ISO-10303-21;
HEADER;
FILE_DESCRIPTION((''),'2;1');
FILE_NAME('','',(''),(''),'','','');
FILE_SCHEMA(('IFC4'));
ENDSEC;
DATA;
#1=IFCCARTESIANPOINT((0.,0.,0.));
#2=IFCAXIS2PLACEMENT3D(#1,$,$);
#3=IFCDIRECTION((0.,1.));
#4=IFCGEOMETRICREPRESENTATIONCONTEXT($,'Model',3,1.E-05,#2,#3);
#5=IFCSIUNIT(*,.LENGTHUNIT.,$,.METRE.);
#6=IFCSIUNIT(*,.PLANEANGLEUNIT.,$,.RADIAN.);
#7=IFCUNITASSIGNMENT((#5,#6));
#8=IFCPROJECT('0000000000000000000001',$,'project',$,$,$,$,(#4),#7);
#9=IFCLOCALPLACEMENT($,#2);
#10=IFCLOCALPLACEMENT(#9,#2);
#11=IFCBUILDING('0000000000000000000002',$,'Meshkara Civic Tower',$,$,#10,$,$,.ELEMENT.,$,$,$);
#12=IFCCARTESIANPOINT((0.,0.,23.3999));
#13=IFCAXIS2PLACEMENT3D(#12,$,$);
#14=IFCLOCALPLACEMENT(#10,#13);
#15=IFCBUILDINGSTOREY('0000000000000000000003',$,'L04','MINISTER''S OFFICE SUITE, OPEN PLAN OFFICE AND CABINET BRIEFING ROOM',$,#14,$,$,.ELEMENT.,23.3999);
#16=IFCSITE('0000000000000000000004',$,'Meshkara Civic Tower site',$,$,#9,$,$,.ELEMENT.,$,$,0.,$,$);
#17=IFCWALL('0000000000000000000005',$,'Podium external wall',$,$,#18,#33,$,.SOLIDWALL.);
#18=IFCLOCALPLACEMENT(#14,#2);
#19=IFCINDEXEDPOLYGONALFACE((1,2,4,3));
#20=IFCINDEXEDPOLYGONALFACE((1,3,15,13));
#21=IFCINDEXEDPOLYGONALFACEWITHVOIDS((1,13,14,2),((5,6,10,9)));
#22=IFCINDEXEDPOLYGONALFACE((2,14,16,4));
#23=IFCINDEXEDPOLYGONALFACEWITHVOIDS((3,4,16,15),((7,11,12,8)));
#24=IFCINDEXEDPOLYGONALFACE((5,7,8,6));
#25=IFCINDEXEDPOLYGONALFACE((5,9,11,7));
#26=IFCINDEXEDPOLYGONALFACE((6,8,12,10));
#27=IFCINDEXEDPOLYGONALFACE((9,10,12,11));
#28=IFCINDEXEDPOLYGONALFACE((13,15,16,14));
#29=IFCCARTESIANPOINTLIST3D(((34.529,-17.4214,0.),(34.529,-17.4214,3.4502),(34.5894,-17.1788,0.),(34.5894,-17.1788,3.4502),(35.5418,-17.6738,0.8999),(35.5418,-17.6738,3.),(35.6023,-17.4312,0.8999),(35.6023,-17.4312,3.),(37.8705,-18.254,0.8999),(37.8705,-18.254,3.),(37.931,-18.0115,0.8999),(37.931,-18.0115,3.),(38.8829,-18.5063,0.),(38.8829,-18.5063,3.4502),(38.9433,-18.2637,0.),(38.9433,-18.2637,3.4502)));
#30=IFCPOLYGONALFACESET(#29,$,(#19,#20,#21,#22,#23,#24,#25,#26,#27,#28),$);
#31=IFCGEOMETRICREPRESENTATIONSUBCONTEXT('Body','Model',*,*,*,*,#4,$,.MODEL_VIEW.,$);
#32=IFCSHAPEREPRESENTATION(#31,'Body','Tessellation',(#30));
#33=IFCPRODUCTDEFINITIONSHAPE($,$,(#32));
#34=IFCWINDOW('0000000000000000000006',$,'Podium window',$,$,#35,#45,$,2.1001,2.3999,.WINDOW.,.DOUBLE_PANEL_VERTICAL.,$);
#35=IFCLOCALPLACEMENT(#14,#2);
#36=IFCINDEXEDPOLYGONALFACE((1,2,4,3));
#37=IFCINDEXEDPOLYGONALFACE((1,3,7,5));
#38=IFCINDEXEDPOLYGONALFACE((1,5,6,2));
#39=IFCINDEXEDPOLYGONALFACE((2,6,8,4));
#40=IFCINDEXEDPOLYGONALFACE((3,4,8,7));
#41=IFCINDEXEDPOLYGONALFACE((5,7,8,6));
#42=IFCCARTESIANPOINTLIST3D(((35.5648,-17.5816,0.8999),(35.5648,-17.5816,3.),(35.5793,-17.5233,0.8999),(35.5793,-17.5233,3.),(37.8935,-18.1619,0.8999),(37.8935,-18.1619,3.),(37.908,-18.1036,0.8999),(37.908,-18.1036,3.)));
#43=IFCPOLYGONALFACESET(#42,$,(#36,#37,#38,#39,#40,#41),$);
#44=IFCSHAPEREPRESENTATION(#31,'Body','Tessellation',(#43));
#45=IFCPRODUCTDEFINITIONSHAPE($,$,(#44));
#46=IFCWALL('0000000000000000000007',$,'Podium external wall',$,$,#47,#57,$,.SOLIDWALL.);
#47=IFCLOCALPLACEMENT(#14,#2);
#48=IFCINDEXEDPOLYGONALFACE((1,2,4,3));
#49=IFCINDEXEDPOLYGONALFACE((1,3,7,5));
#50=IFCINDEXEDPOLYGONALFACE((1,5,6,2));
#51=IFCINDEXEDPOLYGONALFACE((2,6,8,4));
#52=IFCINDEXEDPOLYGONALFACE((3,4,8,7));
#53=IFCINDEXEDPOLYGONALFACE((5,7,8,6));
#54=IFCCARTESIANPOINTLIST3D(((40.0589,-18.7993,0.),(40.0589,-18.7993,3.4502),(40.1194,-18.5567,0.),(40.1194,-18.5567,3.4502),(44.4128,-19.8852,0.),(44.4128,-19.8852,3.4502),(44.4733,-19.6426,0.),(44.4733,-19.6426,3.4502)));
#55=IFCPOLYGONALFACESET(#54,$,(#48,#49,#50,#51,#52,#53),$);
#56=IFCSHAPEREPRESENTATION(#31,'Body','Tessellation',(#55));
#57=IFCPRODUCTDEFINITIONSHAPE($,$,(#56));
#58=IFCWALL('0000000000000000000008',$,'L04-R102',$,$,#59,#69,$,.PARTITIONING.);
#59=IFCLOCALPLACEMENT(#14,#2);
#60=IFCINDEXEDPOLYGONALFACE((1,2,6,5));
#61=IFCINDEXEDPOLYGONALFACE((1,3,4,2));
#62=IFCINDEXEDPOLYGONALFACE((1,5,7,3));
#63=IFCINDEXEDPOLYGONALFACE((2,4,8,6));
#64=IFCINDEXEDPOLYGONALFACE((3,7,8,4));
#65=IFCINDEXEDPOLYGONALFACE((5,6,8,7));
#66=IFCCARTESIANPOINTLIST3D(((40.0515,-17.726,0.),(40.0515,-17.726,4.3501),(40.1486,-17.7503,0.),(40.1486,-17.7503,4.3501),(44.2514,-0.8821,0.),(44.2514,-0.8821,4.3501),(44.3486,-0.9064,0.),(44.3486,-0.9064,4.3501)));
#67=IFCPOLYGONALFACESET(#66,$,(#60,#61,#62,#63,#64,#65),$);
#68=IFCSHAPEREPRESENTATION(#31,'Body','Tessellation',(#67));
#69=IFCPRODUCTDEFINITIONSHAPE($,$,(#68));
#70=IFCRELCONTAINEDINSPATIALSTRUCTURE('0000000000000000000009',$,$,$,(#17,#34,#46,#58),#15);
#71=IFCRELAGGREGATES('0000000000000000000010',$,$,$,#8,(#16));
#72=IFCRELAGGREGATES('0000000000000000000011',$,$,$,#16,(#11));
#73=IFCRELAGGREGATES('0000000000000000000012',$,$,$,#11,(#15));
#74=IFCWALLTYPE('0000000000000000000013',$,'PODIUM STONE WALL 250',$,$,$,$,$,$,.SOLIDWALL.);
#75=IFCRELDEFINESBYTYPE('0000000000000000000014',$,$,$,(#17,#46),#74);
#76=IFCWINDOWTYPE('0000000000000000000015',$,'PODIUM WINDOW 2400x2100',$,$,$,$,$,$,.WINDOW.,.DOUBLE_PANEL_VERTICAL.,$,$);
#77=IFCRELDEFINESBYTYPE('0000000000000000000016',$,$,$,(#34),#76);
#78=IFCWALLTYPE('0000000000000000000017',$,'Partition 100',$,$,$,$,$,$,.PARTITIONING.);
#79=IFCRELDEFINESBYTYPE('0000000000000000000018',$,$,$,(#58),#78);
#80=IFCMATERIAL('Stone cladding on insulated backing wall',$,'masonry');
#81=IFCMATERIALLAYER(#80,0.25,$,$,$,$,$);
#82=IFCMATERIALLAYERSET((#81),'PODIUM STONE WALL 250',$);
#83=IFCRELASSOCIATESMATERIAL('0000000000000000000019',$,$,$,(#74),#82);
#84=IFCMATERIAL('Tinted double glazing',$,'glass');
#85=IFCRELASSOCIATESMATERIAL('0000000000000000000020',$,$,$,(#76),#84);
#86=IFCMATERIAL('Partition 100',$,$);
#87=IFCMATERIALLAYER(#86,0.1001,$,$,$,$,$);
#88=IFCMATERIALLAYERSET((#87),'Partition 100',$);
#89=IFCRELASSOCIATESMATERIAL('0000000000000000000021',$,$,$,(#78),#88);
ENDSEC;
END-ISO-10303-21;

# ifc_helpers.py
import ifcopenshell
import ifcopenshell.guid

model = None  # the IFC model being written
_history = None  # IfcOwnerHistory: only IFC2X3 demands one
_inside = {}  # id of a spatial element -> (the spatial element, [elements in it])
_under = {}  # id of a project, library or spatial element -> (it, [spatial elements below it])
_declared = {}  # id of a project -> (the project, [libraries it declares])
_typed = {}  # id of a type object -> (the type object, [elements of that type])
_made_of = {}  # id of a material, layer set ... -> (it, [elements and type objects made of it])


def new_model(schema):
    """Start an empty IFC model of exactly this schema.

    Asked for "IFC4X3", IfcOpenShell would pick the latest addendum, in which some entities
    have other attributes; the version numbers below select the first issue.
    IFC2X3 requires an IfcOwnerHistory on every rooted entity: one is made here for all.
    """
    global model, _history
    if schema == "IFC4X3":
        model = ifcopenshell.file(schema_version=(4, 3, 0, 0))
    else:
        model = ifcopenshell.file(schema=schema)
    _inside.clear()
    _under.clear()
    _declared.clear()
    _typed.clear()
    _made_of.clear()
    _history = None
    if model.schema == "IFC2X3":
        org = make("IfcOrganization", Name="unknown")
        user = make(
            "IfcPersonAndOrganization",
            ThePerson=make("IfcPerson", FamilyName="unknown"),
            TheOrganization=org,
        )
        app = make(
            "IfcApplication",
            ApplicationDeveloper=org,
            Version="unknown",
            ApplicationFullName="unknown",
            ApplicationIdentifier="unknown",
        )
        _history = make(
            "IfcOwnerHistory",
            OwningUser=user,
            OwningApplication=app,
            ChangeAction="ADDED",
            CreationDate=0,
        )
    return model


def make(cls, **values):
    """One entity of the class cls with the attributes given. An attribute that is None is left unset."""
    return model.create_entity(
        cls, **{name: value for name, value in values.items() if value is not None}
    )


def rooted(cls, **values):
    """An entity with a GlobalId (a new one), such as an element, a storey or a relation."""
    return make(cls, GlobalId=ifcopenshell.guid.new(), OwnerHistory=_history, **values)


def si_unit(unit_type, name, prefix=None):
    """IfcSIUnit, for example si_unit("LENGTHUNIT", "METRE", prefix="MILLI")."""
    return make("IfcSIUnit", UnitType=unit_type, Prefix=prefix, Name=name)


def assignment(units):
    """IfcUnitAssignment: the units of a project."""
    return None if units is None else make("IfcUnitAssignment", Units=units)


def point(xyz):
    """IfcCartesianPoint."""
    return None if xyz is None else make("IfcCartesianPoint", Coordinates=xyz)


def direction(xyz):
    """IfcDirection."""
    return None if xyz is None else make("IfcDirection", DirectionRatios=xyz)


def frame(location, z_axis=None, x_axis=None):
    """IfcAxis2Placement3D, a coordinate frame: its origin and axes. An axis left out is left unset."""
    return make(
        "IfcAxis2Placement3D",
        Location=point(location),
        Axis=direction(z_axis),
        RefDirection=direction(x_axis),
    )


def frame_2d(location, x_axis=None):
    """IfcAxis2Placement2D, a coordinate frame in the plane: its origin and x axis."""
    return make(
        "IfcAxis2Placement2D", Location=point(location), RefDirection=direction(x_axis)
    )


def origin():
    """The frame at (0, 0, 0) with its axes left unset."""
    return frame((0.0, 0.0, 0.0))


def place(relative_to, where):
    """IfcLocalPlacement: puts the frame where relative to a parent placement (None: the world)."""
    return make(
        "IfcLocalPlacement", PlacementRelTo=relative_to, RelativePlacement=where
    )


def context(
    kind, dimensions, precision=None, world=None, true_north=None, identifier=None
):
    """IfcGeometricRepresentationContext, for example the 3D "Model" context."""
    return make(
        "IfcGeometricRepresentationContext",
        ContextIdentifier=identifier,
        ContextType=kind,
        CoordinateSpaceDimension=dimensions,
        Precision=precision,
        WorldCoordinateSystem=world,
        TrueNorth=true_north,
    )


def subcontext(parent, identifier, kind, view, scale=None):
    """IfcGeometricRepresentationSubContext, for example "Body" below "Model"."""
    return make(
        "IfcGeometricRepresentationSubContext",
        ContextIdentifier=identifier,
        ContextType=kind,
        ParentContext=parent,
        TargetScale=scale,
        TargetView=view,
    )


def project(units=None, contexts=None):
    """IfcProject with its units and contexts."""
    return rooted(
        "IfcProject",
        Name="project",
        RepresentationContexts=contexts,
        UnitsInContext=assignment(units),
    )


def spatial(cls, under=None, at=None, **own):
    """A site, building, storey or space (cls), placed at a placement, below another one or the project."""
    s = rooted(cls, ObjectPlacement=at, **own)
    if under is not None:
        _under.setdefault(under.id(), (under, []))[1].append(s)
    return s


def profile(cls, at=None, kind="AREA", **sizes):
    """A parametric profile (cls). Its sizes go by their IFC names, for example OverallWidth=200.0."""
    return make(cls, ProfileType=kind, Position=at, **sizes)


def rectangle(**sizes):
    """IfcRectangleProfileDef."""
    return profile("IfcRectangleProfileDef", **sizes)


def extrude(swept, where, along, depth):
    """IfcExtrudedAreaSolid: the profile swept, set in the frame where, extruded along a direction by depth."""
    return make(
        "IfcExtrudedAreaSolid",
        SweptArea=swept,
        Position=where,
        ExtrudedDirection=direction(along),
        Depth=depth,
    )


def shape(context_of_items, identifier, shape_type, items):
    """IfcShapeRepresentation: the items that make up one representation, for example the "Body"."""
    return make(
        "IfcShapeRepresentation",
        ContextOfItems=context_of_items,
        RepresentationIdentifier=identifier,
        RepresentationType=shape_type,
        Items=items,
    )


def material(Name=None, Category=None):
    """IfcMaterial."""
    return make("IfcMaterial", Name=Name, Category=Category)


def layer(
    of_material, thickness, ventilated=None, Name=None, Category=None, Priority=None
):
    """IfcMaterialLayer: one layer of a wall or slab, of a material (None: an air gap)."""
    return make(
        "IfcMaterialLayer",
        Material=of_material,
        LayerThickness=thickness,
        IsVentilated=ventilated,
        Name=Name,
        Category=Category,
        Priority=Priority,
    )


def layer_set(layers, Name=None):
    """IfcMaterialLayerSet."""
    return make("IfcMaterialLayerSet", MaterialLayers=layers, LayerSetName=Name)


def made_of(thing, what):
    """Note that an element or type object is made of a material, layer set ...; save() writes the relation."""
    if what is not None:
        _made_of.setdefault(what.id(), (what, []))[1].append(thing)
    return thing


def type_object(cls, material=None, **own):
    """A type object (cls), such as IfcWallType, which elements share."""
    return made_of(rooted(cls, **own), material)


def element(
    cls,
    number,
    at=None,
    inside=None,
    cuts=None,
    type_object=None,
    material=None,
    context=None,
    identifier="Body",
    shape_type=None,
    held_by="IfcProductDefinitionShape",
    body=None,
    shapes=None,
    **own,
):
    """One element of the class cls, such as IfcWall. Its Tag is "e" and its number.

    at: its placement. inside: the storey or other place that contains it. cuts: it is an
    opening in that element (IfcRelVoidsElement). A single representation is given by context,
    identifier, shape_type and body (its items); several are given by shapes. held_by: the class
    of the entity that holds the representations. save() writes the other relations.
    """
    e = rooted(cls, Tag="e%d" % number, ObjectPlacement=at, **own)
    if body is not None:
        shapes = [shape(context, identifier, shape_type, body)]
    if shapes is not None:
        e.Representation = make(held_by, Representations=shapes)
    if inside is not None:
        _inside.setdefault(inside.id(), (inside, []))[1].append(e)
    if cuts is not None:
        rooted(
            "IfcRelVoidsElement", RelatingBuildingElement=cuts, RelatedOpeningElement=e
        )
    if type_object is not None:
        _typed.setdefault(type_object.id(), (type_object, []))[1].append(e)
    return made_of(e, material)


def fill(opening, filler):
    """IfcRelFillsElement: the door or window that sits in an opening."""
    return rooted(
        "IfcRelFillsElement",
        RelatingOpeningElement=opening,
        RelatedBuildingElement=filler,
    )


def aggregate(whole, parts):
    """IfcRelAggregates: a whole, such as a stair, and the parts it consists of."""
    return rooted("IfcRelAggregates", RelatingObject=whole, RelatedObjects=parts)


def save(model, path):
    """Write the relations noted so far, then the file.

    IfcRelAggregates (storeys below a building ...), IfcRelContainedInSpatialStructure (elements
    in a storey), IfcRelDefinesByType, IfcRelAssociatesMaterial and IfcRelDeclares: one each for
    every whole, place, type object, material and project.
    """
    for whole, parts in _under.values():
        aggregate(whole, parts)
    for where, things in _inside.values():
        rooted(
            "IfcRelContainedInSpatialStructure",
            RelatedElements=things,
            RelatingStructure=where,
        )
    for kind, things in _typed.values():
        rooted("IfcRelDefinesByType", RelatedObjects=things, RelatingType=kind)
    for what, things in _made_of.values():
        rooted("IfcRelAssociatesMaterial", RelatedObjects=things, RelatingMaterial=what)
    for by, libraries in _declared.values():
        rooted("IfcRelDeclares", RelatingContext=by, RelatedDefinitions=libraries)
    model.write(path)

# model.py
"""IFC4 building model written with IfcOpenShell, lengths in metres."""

from ifc_helpers import new_model, si_unit, direction, frame, frame_2d, origin, place, context, subcontext, project, spatial, rectangle, extrude, material, layer, layer_set, type_object, element, fill, save


model = new_model("IFC4")

# Units and contexts
model_context = context("Model", 3, precision=1e-05, world=origin(), true_north=direction((0.0, 1.0)))
body_context = subcontext(model_context, "Body", "Model", "MODEL_VIEW")
ifc_project = project(units=[si_unit("LENGTHUNIT", "METRE"), si_unit("PLANEANGLEUNIT", "RADIAN")], contexts=[model_context])

# Site, building, storey
site_placement = place(None, origin())
site = spatial("IfcSite", under=ifc_project, at=site_placement, Name="Meshkara Civic Tower site", CompositionType="ELEMENT", RefElevation=0.0)
building_placement = place(site_placement, origin())
building = spatial("IfcBuilding", under=site, at=building_placement, Name="Meshkara Civic Tower", CompositionType="ELEMENT")
storey_placement = place(building_placement, frame((0.0, 0.0, 23.3999)))
storey = spatial("IfcBuildingStorey", under=building, at=storey_placement, Name="L04", Description="MINISTER'S OFFICE SUITE, OPEN PLAN OFFICE AND CABINET BRIEFING ROOM", CompositionType="ELEMENT", Elevation=23.3999)

# Shared definitions
ifc_material_1 = material(Name="Stone cladding on insulated backing wall", Category="masonry")
ifc_layer_1 = layer(ifc_material_1, 0.25)
ifc_layer_set_1 = layer_set([ifc_layer_1], Name="PODIUM STONE WALL 250")
wall_type_1 = type_object("IfcWallType", Name="PODIUM STONE WALL 250", PredefinedType="SOLIDWALL", material=ifc_layer_set_1)
ifc_material_2 = material(Name="Tinted double glazing", Category="glass")
window_type = type_object("IfcWindowType", Name="PODIUM WINDOW 2400x2100", PartitioningType="DOUBLE_PANEL_VERTICAL", PredefinedType="WINDOW", material=ifc_material_2)

# Wall, opening, window
wall_1_placement = place(storey_placement, frame((34.5591, -17.3, 0.0), z_axis=(0.0, 0.0, 1.0), x_axis=(0.970328, -0.241793, 0.0)))
wall_1 = element("IfcWall", 1, at=wall_1_placement, inside=storey, type_object=wall_type_1, Name="Podium external wall", PredefinedType="SOLIDWALL", context=body_context, shape_type="SweptSolid", body=[
    extrude(rectangle(XDim=4.4871, YDim=0.25, at=frame_2d((2.2437, 0.0))), origin(), (0.0, 0.0, 1.0), 3.4502),
])
opening_1_placement = place(wall_1_placement, frame((1.0439, 0.0, 0.8999)))
opening_1 = element("IfcOpeningElement", 2, at=opening_1_placement, cuts=wall_1, PredefinedType="OPENING", context=body_context, shape_type="SweptSolid", body=[
    extrude(rectangle(XDim=2.3999, YDim=2.1001, at=frame_2d((1.2, 1.05))), frame((0.0, 0.135, 0.0), z_axis=(0.0, -1.0, 0.0), x_axis=(1.0, 0.0, 0.0)), (0.0, 0.0, 1.0), 0.27),
])
window_1_placement = place(opening_1_placement, origin())
window_1 = element("IfcWindow", 3, at=window_1_placement, inside=storey, type_object=window_type, Name="Podium window", OverallHeight=2.1001, OverallWidth=2.3999, PartitioningType="DOUBLE_PANEL_VERTICAL", PredefinedType="WINDOW", context=body_context, shape_type="SweptSolid", body=[
    extrude(rectangle(XDim=2.3999, YDim=2.1001, at=frame_2d((1.2, 1.05))), frame((0.0, 0.03, 0.0), z_axis=(0.0, -1.0, 0.0), x_axis=(1.0, 0.0, 0.0)), (0.0, 0.0, 1.0), 0.0601),
])
fill(opening_1, window_1)

# Walls
wall_2_placement = place(storey_placement, frame((40.0891, -18.678, 0.0), z_axis=(0.0, 0.0, 1.0), x_axis=(0.970277, -0.241998, 0.0)))
element("IfcWall", 4, at=wall_2_placement, inside=storey, type_object=wall_type_1, Name="Podium external wall", PredefinedType="SOLIDWALL", context=body_context, shape_type="SweptSolid", body=[
    extrude(rectangle(XDim=4.4873, YDim=0.25, at=frame_2d((2.2437, 0.0))), origin(), (0.0, 0.0, 1.0), 3.4502),
])
ifc_material_3 = material(Name="Partition 100")
ifc_layer_2 = layer(ifc_material_3, 0.1001)
ifc_layer_set_2 = layer_set([ifc_layer_2], Name="Partition 100")
wall_type_2 = type_object("IfcWallType", Name="Partition 100", PredefinedType="PARTITIONING", material=ifc_layer_set_2)
wall_3_placement = place(storey_placement, frame((40.1001, -17.738, 0.0), z_axis=(0.0, 0.0, 1.0), x_axis=(0.241937, 0.970292, 0.0)))
element("IfcWall", 5, at=wall_3_placement, inside=storey, type_object=wall_type_2, Name="L04-R102", PredefinedType="PARTITIONING", context=body_context, shape_type="SweptSolid", body=[
    extrude(rectangle(XDim=17.3596, YDim=0.1001, at=frame_2d((8.6797, 0.0))), origin(), (0.0, 0.0, 1.0), 4.3501),
])

save(model, "model.ifc")
